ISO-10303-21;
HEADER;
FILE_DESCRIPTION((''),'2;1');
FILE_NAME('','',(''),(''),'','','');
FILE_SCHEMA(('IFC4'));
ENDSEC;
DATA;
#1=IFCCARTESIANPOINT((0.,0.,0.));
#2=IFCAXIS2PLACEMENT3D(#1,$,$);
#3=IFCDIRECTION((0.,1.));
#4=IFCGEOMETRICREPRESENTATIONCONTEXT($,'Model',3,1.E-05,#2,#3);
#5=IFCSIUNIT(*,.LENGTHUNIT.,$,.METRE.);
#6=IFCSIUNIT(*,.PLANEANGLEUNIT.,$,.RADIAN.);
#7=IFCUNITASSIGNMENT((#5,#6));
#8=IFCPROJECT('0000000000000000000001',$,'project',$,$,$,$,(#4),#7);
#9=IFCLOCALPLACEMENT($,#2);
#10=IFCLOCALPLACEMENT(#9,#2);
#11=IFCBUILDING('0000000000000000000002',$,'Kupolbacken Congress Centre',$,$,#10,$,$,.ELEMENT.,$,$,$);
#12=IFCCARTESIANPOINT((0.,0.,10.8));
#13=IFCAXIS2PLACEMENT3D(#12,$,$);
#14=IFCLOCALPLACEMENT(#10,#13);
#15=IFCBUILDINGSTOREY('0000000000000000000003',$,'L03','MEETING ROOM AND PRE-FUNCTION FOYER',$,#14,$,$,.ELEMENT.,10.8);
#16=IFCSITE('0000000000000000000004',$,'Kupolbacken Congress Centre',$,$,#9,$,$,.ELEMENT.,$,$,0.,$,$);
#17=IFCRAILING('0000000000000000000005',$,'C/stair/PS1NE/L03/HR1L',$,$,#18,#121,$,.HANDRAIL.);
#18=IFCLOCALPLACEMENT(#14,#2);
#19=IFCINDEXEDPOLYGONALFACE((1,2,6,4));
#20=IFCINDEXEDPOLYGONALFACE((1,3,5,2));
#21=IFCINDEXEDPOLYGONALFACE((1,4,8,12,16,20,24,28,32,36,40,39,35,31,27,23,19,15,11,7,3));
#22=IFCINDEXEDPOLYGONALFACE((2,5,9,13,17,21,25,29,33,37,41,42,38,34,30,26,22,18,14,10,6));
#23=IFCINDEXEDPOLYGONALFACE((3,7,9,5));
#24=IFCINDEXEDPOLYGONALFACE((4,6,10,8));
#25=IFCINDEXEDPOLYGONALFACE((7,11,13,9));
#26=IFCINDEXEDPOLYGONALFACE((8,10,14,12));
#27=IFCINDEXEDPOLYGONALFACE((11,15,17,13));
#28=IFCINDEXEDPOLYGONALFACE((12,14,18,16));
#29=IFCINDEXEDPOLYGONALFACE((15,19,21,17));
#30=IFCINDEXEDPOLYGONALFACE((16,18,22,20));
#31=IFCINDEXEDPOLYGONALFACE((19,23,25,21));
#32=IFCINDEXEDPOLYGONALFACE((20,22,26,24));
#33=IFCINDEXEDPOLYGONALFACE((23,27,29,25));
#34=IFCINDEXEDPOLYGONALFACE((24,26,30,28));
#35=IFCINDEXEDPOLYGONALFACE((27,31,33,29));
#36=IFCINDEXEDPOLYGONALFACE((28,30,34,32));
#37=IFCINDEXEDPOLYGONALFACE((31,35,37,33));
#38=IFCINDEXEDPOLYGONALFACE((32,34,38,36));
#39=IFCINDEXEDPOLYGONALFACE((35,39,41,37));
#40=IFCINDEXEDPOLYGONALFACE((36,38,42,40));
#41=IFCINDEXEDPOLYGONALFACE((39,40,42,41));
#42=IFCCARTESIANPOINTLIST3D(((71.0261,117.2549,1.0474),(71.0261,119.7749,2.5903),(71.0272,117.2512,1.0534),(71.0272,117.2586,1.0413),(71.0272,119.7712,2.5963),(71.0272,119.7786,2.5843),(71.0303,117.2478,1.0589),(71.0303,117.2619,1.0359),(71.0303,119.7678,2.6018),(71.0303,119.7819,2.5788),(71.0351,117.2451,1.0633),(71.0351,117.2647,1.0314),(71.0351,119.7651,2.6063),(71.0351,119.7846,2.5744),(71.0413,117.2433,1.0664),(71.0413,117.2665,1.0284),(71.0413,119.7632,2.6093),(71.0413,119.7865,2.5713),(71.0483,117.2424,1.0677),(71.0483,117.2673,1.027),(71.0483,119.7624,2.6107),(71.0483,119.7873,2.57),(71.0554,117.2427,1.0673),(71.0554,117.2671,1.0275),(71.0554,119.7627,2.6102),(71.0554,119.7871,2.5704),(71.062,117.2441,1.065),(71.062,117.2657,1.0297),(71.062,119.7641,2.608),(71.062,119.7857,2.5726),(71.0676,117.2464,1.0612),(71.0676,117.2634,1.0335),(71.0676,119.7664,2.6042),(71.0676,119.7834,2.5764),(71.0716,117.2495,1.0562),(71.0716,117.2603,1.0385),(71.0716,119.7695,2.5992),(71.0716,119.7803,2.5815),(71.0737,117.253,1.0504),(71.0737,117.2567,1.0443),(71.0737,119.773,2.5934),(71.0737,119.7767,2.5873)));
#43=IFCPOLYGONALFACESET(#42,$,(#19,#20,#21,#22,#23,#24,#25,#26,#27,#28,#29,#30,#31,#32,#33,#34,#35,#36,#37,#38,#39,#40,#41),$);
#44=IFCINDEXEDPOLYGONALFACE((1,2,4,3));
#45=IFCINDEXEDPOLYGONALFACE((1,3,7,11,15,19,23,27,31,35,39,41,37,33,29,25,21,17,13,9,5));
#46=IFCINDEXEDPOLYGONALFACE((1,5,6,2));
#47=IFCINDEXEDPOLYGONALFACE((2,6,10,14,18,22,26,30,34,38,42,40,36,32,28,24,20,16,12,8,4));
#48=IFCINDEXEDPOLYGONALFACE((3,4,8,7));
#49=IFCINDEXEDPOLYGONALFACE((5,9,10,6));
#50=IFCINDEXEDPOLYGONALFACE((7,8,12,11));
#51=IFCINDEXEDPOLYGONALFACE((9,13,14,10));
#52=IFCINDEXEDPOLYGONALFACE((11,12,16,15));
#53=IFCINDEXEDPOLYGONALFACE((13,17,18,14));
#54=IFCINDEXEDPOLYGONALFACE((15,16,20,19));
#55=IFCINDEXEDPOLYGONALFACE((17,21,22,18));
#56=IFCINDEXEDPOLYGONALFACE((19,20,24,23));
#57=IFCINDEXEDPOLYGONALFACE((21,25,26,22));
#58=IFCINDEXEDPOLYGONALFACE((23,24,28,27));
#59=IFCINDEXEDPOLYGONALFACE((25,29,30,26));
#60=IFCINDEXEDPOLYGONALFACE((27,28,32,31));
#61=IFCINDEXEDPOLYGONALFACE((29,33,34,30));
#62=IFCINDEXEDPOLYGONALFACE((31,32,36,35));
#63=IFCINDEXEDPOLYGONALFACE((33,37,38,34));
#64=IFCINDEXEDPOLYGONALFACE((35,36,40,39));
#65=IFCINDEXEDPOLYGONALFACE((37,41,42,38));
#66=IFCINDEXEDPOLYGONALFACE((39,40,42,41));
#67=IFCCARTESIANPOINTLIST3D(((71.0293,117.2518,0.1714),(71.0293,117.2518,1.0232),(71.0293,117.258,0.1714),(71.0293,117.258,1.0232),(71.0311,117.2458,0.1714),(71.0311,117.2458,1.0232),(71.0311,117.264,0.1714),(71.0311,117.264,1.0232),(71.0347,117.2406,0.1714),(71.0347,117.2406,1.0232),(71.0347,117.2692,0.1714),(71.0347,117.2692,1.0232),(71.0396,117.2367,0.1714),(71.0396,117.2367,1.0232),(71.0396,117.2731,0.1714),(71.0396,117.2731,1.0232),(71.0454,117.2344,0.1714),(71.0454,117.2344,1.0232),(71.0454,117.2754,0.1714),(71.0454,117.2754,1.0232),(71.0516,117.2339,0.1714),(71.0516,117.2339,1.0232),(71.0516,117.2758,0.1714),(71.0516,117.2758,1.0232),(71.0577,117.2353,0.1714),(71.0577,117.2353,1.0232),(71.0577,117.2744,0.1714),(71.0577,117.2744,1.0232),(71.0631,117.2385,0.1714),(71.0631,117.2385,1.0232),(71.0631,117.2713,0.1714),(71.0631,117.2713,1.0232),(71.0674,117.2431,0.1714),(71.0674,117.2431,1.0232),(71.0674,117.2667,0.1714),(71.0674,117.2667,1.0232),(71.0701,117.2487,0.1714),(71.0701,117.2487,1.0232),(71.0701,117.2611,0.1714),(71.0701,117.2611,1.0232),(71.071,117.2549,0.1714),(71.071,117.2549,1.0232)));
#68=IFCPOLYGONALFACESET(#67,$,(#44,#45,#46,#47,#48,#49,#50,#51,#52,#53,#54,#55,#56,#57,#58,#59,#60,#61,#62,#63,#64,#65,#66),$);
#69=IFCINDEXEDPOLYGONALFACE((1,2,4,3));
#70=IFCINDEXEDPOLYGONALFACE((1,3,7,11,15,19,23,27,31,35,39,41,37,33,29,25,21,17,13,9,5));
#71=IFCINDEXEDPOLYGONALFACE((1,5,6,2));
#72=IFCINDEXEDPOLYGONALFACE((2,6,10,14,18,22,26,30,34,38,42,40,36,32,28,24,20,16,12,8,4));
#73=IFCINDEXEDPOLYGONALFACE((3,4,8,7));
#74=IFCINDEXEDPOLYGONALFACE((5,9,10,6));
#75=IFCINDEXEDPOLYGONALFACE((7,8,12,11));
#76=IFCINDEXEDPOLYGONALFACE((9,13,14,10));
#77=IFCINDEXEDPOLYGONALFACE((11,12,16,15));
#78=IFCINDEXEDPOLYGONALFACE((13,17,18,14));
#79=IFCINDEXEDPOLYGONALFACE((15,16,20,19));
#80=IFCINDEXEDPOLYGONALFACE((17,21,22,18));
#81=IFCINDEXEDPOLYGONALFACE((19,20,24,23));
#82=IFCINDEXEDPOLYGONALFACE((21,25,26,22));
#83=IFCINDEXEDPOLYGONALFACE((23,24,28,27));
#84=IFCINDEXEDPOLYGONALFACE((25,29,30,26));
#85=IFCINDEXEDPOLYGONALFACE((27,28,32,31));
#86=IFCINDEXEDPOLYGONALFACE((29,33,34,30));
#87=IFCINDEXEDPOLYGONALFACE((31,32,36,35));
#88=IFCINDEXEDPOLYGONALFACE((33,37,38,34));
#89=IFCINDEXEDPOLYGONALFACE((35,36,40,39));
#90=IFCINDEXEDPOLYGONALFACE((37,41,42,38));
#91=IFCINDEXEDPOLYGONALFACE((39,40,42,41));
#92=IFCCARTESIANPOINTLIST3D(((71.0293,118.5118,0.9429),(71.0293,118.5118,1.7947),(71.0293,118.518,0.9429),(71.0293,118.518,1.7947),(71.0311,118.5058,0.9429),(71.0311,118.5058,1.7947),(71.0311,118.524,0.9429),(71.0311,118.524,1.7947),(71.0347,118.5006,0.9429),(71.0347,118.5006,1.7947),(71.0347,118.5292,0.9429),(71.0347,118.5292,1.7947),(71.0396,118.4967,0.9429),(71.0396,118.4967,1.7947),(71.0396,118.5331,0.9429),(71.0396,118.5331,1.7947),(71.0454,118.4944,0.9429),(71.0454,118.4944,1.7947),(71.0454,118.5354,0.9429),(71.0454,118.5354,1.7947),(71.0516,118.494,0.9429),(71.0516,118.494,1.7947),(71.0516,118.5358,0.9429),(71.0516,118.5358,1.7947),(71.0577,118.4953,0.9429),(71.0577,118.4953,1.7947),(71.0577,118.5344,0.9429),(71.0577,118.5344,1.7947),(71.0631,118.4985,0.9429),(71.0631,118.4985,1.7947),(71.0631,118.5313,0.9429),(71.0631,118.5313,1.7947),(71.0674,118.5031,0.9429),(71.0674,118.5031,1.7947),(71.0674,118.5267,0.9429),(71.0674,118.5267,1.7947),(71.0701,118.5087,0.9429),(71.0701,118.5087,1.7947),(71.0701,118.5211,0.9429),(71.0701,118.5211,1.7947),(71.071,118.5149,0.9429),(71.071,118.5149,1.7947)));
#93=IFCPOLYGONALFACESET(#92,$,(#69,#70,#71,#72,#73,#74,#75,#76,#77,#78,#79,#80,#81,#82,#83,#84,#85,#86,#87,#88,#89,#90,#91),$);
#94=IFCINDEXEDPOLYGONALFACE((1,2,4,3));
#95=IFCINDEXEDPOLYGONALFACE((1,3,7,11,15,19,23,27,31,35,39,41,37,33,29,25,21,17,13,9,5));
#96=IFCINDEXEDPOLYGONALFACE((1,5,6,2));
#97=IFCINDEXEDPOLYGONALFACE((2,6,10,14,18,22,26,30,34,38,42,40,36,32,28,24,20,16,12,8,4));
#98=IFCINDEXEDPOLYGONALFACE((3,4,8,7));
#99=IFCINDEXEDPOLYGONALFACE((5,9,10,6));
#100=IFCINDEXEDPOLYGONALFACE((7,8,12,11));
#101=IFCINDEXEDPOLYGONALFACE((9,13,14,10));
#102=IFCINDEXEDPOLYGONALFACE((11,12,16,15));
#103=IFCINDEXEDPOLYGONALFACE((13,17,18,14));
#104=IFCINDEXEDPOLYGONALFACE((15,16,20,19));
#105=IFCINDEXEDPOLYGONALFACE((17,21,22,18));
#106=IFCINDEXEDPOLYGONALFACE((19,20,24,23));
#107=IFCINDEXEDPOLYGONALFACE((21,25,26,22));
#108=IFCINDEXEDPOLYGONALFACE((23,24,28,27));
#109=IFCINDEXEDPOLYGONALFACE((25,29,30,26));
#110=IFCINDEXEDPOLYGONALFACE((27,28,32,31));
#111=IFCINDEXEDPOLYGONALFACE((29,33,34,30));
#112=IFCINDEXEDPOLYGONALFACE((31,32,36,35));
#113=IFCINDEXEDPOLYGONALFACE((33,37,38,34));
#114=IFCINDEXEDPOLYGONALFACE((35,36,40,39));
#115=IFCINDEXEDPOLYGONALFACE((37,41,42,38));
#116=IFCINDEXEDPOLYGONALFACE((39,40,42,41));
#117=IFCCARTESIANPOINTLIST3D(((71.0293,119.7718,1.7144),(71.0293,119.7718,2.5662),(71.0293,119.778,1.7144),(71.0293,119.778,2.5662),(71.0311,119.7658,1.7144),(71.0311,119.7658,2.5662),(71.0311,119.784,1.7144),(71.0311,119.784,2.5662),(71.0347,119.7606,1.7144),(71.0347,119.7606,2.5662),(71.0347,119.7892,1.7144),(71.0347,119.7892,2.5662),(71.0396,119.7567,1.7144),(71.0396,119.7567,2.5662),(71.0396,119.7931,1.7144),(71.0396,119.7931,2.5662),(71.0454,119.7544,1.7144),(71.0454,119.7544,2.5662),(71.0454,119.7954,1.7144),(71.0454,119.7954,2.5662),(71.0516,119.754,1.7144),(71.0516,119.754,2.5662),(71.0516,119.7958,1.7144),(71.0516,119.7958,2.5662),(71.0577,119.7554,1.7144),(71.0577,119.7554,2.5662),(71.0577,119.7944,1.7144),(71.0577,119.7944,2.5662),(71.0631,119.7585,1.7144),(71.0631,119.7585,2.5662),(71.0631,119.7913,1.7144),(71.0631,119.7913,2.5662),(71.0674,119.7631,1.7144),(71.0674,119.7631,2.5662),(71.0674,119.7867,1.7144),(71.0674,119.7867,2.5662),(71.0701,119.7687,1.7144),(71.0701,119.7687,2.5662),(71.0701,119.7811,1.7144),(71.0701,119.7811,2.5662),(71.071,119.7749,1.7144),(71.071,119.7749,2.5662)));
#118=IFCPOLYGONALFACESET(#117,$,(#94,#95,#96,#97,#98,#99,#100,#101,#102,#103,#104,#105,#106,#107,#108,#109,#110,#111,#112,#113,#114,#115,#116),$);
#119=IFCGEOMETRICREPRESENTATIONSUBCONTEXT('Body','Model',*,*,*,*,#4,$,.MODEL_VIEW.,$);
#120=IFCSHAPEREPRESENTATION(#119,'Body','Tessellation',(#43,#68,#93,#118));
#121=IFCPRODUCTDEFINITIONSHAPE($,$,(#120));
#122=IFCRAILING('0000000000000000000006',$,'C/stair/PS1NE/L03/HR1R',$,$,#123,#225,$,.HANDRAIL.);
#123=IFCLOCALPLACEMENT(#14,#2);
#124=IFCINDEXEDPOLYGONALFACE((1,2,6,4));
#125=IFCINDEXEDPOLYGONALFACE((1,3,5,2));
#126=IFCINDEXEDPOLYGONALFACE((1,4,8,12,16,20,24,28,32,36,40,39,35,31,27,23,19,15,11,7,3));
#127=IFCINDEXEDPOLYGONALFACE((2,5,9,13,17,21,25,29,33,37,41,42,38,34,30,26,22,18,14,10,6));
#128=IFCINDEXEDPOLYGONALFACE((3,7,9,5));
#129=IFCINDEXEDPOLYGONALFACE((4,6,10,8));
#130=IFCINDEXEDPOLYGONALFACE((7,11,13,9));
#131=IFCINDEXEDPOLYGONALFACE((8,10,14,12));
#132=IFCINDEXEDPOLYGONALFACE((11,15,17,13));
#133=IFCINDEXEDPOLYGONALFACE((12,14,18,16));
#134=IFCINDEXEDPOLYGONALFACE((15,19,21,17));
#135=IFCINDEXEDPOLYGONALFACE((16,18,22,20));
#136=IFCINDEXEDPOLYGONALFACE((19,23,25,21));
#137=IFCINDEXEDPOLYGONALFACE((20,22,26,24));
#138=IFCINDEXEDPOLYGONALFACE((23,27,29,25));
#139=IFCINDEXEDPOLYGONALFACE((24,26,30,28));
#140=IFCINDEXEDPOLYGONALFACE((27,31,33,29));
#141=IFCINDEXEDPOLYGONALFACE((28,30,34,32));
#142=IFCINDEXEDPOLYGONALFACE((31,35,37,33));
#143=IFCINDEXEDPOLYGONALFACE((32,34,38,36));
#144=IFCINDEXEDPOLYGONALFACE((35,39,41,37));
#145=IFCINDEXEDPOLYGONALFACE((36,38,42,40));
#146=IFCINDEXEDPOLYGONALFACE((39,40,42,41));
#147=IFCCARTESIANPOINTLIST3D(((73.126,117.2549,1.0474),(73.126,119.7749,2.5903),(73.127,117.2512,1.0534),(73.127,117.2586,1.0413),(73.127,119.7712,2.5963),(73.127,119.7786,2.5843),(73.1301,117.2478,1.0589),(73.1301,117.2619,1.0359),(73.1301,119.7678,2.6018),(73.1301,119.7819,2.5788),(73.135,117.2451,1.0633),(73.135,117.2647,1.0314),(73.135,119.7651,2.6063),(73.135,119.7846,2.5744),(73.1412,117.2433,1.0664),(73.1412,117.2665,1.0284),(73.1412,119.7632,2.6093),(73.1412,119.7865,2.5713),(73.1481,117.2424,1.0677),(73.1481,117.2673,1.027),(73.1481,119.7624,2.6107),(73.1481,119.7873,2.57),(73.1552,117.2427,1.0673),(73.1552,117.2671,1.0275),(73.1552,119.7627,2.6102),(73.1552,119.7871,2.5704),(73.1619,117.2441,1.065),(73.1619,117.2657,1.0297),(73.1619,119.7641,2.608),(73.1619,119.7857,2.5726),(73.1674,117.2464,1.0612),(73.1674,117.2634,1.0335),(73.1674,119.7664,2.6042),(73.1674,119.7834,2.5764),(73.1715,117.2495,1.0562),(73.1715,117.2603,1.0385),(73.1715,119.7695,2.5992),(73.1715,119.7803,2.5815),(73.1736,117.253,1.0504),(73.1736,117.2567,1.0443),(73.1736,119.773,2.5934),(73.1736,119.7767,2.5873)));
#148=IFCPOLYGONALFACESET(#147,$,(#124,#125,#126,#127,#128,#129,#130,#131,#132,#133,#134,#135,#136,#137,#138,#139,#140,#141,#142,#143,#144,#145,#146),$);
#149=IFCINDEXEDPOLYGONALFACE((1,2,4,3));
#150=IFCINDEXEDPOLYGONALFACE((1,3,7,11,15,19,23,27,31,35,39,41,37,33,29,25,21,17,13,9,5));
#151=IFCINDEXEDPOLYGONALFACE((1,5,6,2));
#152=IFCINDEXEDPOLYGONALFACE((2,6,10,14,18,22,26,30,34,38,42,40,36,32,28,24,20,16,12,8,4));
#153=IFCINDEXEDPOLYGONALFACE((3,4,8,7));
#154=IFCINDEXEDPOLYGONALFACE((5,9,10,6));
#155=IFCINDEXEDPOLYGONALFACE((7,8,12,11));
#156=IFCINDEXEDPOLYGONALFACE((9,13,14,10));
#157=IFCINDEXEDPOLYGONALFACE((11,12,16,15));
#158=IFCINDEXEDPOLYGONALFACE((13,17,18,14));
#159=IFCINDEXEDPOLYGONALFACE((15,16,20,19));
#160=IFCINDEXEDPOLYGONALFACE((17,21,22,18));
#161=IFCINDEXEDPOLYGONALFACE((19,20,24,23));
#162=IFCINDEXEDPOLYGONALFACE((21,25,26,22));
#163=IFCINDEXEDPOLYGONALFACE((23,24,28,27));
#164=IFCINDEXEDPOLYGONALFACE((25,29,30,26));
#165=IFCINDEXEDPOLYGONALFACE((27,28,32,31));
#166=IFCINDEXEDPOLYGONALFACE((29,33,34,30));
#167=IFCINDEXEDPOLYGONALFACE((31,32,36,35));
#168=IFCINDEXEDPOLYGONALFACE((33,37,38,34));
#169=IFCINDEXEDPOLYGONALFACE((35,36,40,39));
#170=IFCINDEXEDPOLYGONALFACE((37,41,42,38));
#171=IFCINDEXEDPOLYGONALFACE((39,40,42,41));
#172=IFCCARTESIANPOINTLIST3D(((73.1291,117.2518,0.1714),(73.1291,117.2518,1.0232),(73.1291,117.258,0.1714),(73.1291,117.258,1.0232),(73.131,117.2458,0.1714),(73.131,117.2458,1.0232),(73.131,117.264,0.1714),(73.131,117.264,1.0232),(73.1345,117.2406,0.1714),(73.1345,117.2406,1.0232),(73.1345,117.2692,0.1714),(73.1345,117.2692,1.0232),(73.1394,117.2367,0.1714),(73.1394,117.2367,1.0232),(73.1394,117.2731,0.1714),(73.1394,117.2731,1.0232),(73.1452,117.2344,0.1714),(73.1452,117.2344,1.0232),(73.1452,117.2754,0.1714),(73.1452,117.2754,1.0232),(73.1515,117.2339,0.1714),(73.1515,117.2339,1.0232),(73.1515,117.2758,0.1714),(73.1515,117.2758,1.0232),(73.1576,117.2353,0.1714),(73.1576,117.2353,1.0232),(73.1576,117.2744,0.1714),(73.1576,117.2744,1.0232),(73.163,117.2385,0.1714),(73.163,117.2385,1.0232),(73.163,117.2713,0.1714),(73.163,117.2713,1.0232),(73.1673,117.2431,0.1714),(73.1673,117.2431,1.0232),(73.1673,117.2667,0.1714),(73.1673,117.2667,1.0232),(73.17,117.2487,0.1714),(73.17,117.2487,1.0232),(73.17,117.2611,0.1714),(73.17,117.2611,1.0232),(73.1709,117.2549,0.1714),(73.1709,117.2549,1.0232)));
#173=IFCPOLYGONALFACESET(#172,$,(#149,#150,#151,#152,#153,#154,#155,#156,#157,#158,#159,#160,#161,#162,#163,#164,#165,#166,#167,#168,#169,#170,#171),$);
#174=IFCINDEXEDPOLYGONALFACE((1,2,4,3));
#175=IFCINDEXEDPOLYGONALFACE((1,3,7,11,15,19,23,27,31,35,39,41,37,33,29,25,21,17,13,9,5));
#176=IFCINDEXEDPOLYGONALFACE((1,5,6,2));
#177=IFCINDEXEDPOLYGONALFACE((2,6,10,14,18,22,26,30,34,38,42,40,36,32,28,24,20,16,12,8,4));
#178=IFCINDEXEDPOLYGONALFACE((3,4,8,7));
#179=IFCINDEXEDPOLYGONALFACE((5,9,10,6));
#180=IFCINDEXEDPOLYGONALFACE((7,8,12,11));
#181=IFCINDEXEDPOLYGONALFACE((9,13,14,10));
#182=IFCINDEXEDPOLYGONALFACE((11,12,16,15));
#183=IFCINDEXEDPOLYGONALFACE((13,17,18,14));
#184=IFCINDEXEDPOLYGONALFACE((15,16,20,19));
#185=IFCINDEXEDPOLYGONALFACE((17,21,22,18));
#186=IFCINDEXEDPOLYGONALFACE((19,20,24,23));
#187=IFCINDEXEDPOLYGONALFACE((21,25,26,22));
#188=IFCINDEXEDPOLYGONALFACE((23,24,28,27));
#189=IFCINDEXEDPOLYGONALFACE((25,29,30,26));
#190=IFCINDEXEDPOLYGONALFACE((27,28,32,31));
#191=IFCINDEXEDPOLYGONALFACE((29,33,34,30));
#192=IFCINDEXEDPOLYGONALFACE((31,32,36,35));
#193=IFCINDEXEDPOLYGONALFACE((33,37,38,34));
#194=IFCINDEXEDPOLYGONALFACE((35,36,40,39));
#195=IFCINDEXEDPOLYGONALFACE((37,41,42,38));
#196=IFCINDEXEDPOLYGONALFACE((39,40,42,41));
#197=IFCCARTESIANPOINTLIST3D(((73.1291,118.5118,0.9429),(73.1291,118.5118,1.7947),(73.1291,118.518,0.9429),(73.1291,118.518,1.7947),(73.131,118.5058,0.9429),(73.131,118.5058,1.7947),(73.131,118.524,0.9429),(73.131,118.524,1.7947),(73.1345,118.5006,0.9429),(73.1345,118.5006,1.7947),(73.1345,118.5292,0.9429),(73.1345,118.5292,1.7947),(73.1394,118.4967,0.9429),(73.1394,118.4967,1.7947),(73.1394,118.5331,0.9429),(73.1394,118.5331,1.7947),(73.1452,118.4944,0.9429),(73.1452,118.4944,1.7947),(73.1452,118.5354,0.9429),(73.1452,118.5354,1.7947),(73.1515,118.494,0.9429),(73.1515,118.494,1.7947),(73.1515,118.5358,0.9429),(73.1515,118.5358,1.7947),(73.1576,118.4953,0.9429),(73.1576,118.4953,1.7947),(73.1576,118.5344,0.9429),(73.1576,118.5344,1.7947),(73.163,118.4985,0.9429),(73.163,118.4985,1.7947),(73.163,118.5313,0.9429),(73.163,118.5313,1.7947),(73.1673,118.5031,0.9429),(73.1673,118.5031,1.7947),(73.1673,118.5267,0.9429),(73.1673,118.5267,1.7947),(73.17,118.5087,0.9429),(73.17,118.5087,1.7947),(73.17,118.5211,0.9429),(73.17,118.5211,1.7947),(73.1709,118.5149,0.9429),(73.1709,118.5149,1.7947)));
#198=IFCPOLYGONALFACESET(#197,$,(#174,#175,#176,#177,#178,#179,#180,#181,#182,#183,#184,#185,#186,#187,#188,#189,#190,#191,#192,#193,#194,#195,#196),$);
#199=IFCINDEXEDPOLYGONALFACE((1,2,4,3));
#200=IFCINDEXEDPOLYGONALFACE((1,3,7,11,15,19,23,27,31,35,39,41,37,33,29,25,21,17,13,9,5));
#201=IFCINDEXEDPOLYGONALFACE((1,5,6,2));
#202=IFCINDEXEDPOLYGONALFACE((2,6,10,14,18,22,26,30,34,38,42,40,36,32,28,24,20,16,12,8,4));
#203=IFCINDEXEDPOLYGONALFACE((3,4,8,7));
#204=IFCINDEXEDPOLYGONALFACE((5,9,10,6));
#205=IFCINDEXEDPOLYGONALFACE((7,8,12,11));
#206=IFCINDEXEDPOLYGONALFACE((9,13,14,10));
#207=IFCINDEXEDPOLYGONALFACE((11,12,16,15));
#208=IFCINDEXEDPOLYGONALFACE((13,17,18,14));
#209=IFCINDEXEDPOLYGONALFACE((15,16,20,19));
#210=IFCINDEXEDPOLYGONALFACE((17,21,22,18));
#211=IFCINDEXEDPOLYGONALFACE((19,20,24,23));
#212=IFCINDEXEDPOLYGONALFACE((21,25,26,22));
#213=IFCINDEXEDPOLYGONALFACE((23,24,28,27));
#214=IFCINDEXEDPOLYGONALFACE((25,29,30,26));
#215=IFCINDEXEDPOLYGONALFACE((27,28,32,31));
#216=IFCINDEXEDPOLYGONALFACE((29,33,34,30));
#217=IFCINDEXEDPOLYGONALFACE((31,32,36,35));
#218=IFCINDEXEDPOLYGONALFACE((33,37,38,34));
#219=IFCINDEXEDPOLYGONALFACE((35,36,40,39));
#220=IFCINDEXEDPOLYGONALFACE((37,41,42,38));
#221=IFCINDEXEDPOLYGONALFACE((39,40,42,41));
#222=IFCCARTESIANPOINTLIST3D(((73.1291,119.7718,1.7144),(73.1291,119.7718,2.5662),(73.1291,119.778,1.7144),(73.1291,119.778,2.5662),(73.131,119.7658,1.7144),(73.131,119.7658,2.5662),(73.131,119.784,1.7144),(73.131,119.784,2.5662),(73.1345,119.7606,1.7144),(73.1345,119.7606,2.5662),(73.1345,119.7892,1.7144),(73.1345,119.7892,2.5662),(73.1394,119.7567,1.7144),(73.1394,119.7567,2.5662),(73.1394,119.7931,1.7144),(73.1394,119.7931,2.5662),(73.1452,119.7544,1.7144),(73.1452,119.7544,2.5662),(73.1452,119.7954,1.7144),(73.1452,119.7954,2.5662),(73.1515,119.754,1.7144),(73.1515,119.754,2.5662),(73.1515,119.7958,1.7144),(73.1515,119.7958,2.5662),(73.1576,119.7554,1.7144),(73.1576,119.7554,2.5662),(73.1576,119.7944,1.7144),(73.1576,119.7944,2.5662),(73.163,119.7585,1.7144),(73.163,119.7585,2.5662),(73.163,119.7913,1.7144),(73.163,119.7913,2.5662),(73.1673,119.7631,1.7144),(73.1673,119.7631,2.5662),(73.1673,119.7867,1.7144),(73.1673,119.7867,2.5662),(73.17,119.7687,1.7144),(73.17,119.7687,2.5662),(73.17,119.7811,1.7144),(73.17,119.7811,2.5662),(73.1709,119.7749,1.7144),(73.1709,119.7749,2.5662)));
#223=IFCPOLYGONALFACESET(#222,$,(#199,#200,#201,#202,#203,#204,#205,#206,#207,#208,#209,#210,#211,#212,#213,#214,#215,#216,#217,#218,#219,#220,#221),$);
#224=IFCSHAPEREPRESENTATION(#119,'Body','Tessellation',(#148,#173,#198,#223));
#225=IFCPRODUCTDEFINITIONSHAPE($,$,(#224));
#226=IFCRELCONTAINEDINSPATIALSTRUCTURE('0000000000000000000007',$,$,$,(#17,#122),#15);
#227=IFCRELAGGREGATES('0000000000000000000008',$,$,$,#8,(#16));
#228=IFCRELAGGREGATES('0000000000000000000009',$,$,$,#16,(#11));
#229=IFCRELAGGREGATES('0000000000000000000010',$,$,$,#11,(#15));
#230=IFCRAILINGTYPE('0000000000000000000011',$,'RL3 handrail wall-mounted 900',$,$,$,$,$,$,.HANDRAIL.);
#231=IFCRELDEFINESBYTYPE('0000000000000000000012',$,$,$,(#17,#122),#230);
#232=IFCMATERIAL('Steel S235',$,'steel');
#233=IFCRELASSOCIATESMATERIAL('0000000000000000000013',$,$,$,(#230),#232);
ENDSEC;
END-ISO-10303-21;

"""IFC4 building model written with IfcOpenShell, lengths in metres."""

from ifc_helpers import new_model, si_unit, direction, frame, origin, origin_2d, place, context, subcontext, project, spatial, circle, extrude, material, type_object, element, save


model = new_model("IFC4")

# Units and contexts
model_context = context("Model", 3, precision=1e-05, world=origin(), true_north=direction((0.0, 1.0)))
body_context = subcontext(model_context, "Body", "Model", "MODEL_VIEW")
ifc_project = project(units=[si_unit("LENGTHUNIT", "METRE"), si_unit("PLANEANGLEUNIT", "RADIAN")], contexts=[model_context])

# Site, building, storey
site_placement = place(None, origin())
site = spatial("IfcSite", under=ifc_project, at=site_placement, Name="Kupolbacken Congress Centre", CompositionType="ELEMENT", RefElevation=0.0)
building_placement = place(site_placement, origin())
building = spatial("IfcBuilding", under=site, at=building_placement, Name="Kupolbacken Congress Centre", CompositionType="ELEMENT")
storey_placement = place(building_placement, frame((0.0, 0.0, 10.8)))
storey = spatial("IfcBuildingStorey", under=building, at=storey_placement, Name="L03", Description="MEETING ROOM AND PRE-FUNCTION FOYER", CompositionType="ELEMENT", Elevation=10.8)

# Railings
ifc_material_1 = material(Name="Steel S235", Category="steel")
railing_type = type_object("IfcRailingType", Name="RL3 handrail wall-mounted 900", PredefinedType="HANDRAIL", material=ifc_material_1)
for number, where, name in (
    (1, (71.05, 117.2549, 0.1714), "C/stair/PS1NE/L03/HR1L"),
    (2, (73.1499, 117.2549, 0.1714), "C/stair/PS1NE/L03/HR1R"),
):
    element("IfcRailing", number, at=place(storey_placement, frame(where)), inside=storey, type_object=railing_type, Name=name, PredefinedType="HANDRAIL", context=body_context, shape_type="SweptSolid", body=[
        extrude(circle(Radius=0.0239, at=origin_2d()), frame((0.0, 0.0, 0.876), z_axis=(0.0, 0.852836, 0.522178), x_axis=(-1.0, 0.0, 0.0)), (0.0, 0.0, 1.0), 2.9548),
        extrude(circle(Radius=0.021, at=origin_2d()), origin(), (0.0, 0.0, 1.0), 0.8518),
        extrude(circle(Radius=0.021, at=origin_2d()), frame((0.0, 1.26, 0.7715)), (0.0, 0.0, 1.0), 0.8518),
        extrude(circle(Radius=0.021, at=origin_2d()), frame((0.0, 2.52, 1.543)), (0.0, 0.0, 1.0), 0.8518),
    ])

save(model, "model.ifc")
